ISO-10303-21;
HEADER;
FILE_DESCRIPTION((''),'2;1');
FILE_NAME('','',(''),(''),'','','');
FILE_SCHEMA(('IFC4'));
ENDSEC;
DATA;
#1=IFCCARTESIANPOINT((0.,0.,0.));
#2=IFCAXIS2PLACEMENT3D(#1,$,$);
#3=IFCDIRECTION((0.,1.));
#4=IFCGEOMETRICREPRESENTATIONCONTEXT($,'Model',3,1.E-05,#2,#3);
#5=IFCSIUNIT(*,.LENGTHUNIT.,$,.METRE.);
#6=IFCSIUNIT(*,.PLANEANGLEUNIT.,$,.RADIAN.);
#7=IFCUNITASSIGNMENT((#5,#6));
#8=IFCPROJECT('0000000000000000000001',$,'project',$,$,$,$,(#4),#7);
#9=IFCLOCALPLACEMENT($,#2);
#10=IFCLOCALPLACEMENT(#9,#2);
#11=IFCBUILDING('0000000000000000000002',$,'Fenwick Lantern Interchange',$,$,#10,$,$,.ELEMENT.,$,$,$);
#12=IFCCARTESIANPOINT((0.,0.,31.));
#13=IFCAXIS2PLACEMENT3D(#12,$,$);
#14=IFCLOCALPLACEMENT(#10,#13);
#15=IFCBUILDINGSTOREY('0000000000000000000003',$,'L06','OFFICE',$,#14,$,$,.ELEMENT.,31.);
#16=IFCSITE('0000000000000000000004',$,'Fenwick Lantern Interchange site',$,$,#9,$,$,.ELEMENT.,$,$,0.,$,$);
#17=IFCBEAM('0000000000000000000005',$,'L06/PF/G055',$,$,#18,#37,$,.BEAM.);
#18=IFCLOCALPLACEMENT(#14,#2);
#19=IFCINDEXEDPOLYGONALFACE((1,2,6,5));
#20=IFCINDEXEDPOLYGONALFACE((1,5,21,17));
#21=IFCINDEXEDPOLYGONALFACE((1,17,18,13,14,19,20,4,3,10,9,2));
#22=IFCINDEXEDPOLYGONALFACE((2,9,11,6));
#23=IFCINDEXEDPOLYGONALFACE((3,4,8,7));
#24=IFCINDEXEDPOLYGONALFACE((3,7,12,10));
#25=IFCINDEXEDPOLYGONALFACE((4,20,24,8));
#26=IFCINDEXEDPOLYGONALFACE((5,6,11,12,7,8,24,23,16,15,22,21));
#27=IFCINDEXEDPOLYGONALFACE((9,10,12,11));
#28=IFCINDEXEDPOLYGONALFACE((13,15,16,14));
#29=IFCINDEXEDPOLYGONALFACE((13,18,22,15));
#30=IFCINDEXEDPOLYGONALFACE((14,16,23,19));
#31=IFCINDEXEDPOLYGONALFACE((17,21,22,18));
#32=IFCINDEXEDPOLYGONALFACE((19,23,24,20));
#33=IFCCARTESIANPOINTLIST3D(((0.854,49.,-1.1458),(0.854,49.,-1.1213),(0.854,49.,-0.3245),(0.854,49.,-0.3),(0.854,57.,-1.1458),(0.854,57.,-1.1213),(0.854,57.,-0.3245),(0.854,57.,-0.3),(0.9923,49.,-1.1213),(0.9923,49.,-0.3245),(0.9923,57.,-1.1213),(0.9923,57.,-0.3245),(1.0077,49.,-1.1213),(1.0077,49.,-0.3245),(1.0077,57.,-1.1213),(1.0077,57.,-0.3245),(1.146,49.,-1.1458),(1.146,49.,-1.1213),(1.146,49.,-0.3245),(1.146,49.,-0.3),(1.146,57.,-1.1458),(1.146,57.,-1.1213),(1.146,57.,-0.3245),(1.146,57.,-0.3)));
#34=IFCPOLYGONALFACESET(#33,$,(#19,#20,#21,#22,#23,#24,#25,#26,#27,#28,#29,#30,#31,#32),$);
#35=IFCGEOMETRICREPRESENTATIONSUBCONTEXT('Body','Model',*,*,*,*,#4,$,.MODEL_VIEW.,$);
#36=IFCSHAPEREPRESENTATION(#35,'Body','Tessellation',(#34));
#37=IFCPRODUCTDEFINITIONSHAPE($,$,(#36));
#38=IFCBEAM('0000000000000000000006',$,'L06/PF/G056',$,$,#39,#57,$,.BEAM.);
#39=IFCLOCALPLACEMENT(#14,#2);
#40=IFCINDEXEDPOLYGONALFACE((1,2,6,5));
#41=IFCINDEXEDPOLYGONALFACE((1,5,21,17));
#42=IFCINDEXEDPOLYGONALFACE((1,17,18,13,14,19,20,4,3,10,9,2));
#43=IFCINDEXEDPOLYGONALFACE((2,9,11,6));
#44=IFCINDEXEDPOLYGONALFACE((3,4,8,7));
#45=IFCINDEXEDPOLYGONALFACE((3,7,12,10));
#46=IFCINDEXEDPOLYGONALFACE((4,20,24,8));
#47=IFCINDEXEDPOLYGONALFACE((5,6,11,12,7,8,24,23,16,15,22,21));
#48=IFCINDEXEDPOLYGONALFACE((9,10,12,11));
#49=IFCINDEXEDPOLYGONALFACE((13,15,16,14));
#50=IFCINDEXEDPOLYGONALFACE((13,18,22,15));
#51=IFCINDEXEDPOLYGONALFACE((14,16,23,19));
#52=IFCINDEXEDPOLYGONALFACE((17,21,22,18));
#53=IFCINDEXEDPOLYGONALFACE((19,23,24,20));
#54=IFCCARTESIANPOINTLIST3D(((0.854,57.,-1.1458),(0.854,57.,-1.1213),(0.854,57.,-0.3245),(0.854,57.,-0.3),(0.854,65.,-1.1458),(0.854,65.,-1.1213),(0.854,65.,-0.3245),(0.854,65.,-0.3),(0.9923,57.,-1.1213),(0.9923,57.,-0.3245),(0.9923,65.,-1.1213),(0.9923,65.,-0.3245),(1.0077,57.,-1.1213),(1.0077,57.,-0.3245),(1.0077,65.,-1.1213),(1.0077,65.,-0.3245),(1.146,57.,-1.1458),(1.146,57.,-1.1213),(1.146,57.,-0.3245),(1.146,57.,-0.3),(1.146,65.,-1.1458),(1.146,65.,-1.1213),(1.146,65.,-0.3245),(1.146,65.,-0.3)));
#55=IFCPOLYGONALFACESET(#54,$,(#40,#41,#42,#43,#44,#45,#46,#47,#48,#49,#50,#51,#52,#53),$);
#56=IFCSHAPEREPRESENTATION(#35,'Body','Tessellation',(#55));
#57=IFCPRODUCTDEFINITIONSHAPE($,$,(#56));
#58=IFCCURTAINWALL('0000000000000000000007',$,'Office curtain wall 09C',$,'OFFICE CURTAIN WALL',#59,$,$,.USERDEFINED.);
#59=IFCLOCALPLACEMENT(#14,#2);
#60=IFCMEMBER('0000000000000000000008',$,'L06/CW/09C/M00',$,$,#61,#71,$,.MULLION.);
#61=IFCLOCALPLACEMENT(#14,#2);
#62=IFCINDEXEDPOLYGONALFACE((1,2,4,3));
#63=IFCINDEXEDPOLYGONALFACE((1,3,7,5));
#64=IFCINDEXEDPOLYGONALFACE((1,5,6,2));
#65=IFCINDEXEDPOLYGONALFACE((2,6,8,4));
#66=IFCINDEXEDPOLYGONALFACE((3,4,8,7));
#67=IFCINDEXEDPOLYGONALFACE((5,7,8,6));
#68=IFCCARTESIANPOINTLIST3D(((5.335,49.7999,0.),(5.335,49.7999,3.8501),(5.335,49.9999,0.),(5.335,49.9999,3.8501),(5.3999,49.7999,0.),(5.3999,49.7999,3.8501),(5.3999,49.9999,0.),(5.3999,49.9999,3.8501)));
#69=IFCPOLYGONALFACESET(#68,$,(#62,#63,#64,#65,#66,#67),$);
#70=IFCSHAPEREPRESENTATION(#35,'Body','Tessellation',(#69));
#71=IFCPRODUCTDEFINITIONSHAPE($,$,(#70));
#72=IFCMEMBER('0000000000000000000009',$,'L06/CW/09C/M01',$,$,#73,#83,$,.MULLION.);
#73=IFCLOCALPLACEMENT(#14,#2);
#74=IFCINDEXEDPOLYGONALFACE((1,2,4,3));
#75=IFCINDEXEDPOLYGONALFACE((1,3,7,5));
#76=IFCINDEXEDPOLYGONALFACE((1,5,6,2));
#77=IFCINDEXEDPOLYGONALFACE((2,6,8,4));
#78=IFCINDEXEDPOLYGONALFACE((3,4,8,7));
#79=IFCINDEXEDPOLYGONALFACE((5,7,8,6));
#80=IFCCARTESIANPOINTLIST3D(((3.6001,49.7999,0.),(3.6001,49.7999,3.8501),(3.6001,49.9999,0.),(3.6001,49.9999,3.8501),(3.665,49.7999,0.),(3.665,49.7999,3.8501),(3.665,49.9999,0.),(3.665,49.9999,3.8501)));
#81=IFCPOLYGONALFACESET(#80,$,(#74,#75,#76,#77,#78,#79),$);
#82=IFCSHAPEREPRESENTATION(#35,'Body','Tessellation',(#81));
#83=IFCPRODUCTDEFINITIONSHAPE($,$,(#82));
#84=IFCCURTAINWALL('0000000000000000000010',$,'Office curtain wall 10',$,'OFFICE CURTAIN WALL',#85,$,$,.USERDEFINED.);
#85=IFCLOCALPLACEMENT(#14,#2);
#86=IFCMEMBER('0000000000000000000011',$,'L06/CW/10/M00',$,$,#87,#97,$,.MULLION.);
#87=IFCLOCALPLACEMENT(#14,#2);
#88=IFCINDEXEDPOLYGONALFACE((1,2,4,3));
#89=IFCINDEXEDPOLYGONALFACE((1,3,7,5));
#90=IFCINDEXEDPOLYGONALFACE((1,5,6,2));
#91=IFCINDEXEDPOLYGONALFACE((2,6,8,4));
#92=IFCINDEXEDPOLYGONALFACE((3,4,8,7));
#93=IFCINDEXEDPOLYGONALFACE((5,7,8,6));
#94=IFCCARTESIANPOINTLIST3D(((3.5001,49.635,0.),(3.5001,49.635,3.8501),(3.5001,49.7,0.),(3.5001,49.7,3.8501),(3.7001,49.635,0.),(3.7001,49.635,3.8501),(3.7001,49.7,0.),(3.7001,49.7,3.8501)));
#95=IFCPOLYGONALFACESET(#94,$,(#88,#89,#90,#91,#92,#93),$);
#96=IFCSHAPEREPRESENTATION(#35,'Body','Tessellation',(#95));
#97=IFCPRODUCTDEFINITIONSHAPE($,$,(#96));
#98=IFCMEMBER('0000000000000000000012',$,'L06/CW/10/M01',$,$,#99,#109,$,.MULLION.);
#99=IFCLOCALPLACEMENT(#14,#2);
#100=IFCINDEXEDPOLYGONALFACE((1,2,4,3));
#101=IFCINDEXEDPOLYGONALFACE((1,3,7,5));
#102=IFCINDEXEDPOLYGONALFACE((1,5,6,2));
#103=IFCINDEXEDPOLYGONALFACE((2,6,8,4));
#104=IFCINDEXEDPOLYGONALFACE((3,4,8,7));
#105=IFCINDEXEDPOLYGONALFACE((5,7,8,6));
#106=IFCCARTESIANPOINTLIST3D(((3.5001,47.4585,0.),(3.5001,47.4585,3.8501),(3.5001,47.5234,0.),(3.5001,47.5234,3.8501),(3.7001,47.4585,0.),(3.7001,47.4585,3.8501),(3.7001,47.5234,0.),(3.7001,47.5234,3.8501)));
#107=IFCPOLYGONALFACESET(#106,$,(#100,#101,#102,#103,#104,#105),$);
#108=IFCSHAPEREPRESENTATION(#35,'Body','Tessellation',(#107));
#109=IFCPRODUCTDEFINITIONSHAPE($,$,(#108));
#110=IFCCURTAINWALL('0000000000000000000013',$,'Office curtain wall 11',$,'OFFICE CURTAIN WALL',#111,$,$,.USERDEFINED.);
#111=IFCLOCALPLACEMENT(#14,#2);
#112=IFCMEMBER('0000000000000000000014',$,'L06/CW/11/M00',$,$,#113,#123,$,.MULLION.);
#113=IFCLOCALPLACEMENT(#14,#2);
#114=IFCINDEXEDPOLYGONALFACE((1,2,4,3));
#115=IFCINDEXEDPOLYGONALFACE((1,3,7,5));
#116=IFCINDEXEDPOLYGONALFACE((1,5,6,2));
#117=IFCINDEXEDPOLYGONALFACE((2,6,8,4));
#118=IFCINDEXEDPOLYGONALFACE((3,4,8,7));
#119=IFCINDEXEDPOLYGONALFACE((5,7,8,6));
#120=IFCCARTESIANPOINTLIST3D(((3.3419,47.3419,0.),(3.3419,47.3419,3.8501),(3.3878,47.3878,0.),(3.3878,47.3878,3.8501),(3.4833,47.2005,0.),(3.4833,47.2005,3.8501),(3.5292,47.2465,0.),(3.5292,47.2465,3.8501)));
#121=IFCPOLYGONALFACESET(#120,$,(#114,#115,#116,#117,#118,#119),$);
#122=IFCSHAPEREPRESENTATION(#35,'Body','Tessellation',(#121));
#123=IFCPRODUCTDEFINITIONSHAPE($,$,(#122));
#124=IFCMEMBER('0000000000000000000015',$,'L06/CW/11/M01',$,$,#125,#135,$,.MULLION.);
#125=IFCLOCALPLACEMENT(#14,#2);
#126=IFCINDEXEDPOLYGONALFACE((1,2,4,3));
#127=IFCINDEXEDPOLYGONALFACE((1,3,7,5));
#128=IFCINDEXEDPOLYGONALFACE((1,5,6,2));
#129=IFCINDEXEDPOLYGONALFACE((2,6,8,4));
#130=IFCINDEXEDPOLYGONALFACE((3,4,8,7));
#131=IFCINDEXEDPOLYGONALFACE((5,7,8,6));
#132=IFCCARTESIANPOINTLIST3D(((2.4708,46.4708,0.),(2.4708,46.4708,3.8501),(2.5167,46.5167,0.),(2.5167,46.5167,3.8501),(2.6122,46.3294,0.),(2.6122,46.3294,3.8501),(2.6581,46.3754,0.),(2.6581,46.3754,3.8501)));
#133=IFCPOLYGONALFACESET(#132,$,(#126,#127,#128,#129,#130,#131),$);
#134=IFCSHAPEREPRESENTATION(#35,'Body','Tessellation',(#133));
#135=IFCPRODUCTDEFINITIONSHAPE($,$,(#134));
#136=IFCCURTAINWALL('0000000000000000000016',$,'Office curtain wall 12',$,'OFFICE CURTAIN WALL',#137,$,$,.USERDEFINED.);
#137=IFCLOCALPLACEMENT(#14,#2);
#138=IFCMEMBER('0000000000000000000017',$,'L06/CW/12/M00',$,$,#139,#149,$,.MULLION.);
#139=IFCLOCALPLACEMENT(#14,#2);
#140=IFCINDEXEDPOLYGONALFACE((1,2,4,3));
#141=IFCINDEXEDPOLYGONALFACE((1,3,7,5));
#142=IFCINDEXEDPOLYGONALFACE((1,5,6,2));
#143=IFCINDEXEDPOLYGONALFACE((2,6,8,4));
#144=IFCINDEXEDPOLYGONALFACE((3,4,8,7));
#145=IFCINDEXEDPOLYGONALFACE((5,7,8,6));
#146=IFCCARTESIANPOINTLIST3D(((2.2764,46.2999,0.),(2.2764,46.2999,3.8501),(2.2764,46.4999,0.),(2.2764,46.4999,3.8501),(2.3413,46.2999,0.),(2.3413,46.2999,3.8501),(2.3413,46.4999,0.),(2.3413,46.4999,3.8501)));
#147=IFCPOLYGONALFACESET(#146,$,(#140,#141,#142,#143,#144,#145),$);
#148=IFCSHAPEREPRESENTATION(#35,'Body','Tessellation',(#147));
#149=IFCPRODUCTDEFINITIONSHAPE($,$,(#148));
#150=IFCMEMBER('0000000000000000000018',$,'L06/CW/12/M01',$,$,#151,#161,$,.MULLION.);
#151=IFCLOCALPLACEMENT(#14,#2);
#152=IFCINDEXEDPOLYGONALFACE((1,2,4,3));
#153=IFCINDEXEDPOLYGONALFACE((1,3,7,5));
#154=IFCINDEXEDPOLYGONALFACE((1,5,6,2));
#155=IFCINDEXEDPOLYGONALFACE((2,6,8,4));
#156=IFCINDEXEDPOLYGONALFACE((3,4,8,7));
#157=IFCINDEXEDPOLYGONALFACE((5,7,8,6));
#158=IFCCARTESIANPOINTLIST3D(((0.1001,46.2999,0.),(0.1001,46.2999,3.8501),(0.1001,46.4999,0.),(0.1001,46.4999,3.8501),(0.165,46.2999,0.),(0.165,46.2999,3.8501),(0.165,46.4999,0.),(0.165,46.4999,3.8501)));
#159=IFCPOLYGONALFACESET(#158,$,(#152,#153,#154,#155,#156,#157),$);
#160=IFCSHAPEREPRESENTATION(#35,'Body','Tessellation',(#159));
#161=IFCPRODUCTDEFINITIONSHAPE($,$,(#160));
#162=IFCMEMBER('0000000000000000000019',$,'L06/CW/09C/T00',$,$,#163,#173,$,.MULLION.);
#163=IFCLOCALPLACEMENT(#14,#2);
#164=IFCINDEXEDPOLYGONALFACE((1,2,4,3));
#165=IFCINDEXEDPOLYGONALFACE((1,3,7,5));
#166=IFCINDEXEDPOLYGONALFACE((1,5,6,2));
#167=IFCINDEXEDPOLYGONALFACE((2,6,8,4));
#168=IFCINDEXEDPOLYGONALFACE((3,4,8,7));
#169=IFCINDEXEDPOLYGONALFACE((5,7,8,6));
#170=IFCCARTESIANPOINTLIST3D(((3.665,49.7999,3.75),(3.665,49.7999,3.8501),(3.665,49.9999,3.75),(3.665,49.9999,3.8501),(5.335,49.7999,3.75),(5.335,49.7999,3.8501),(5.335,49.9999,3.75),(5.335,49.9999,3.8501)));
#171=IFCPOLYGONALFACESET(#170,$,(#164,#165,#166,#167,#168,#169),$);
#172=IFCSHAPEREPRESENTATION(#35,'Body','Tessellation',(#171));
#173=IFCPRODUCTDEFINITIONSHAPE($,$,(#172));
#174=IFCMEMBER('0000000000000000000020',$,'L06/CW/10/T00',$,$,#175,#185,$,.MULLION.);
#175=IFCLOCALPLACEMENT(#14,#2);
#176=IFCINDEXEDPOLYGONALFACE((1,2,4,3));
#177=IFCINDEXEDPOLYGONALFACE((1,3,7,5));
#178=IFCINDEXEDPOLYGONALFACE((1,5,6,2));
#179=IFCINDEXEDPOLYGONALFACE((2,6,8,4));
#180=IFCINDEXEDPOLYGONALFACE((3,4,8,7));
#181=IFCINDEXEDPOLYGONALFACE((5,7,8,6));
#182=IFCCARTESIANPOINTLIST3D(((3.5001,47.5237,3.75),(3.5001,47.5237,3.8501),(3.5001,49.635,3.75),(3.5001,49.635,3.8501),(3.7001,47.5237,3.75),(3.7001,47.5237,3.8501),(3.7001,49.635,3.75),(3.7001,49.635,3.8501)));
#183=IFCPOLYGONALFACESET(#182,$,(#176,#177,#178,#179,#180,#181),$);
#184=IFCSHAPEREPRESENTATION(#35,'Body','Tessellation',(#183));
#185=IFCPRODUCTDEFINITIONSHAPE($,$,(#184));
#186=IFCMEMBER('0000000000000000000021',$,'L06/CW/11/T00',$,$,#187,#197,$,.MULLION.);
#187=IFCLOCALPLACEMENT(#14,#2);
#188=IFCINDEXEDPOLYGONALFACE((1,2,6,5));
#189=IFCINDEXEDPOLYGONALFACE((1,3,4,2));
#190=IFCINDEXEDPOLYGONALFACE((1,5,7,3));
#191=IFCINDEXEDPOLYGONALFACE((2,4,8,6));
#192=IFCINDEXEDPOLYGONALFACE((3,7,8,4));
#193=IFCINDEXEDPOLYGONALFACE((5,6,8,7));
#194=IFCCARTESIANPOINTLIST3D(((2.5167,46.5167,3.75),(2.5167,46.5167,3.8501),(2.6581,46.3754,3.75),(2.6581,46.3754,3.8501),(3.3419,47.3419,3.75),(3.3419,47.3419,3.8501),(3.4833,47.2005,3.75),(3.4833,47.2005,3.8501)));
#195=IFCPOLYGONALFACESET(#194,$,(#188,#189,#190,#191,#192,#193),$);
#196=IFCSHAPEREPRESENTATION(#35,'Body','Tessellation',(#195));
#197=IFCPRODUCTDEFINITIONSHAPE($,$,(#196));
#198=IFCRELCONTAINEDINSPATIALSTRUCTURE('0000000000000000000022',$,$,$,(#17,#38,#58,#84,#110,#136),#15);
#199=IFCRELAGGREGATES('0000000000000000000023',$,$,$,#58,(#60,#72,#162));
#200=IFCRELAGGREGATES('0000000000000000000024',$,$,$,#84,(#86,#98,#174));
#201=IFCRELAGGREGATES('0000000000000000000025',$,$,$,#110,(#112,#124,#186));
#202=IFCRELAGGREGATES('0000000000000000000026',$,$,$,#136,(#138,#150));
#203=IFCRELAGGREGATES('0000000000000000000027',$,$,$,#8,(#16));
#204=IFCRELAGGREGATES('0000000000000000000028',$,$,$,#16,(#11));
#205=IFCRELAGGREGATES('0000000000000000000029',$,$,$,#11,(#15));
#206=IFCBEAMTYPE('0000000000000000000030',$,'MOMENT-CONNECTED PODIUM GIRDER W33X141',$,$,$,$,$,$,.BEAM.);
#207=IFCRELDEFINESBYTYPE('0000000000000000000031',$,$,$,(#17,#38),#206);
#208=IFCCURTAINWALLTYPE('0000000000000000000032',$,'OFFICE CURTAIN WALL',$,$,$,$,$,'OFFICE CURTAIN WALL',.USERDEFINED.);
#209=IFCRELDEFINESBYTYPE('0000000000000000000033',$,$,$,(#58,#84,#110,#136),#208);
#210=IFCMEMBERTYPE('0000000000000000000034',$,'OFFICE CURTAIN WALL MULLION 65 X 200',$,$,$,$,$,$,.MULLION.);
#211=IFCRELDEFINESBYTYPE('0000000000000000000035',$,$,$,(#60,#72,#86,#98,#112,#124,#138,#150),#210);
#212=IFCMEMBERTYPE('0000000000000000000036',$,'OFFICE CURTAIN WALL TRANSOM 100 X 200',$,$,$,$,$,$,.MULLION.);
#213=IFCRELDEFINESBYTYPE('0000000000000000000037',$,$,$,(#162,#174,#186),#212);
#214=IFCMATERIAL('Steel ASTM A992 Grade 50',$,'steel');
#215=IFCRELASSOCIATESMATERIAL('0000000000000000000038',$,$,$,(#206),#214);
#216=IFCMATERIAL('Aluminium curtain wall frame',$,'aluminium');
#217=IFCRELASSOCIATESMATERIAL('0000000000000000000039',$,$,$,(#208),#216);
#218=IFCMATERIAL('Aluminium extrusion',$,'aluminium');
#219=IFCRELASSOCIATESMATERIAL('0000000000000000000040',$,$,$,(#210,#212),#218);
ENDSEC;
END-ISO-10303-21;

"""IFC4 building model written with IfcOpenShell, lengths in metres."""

from ifc_helpers import new_model, si_unit, direction, frame, origin, origin_2d, place, context, subcontext, project, spatial, rectangle, i_section, extrude, material, material_profile, profile_set, type_object, element, aggregate, save


model = new_model("IFC4")

# Units and contexts
model_context = context("Model", 3, precision=1e-05, world=origin(), true_north=direction((0.0, 1.0)))
body_context = subcontext(model_context, "Body", "Model", "MODEL_VIEW")
ifc_project = project(units=[si_unit("LENGTHUNIT", "METRE"), si_unit("PLANEANGLEUNIT", "RADIAN")], contexts=[model_context])

# Site, building, storey
site_placement = place(None, origin())
site = spatial("IfcSite", under=ifc_project, at=site_placement, Name="Fenwick Lantern Interchange site", CompositionType="ELEMENT", RefElevation=0.0)
building_placement = place(site_placement, origin())
building = spatial("IfcBuilding", under=site, at=building_placement, Name="Fenwick Lantern Interchange", CompositionType="ELEMENT")
storey_placement = place(building_placement, frame((0.0, 0.0, 31.0)))
storey = spatial("IfcBuildingStorey", under=building, at=storey_placement, Name="L06", Description="OFFICE", CompositionType="ELEMENT", Elevation=31.0)

# Beams
ifc_material_1 = material(Name="Steel ASTM A992 Grade 50", Category="steel")
ifc_material_profile_1 = material_profile(ifc_material_1, i_section(OverallWidth=0.292, OverallDepth=0.8457, WebThickness=0.0154, FlangeThickness=0.0244, at=origin_2d()), Name="W33X141")
ifc_profile_set_1 = profile_set([ifc_material_profile_1], Name="Steel ASTM A992 Grade 50")
beam_type_1 = type_object("IfcBeamType", Name="MOMENT-CONNECTED PODIUM GIRDER W33X141", PredefinedType="BEAM", material=ifc_profile_set_1)
for number, where, z_axis, x_axis, name in (
    (1, (1.0, 49.0, -0.7229), (0.0, 1.0, 0.0), (-1.0, 0.0, 0.0), "L06/PF/G055"),
    (2, (1.0, 57.0, -0.7229), (0.0, 1.0, 0.0), (-1.0, 0.0, 0.0), "L06/PF/G056"),
):
    element("IfcBeam", number, at=place(storey_placement, frame(where, z_axis=z_axis, x_axis=x_axis)), inside=storey, type_object=beam_type_1, Name=name, PredefinedType="BEAM", context=body_context, shape_type="SweptSolid", body=[
        extrude(i_section(OverallWidth=0.292, OverallDepth=0.8457, WebThickness=0.0154, FlangeThickness=0.0244, at=origin_2d()), origin(), (0.0, 0.0, 1.0), 8.0),
    ])

# Curtain walls, members
ifc_material_2 = material(Name="Aluminium curtain wall frame", Category="aluminium")
curtain_wall_type = type_object("IfcCurtainWallType", Name="OFFICE CURTAIN WALL", ElementType="OFFICE CURTAIN WALL", PredefinedType="USERDEFINED", material=ifc_material_2)
curtain_wall_1_placement = place(storey_placement, origin())
curtain_wall_1 = element("IfcCurtainWall", 3, at=curtain_wall_1_placement, inside=storey, type_object=curtain_wall_type, Name="Office curtain wall 09C", ObjectType="OFFICE CURTAIN WALL", PredefinedType="USERDEFINED")
ifc_material_3 = material(Name="Aluminium extrusion", Category="aluminium")
ifc_material_profile_2 = material_profile(ifc_material_3, rectangle(XDim=0.2, YDim=0.0649, at=origin_2d()), Name="OFFICE CURTAIN WALL MULLION 65 X 200")
ifc_profile_set_2 = profile_set([ifc_material_profile_2], Name="Aluminium extrusion")
member_type_1 = type_object("IfcMemberType", Name="OFFICE CURTAIN WALL MULLION 65 X 200", PredefinedType="MULLION", material=ifc_profile_set_2)
member_1_placement = place(storey_placement, frame((5.3674, 49.8999, 0.0), z_axis=(0.0, 0.0, 1.0), x_axis=(0.0, -1.0, 0.0)))
member_1 = element("IfcMember", 4, at=member_1_placement, type_object=member_type_1, Name="L06/CW/09C/M00", PredefinedType="MULLION", context=body_context, shape_type="SweptSolid", body=[
    extrude(rectangle(XDim=0.2, YDim=0.0649, at=origin_2d()), origin(), (0.0, 0.0, 1.0), 3.8501),
])
member_2_placement = place(storey_placement, frame((3.6326, 49.8999, 0.0), z_axis=(0.0, 0.0, 1.0), x_axis=(0.0, -1.0, 0.0)))
member_2 = element("IfcMember", 5, at=member_2_placement, type_object=member_type_1, Name="L06/CW/09C/M01", PredefinedType="MULLION", context=body_context, shape_type="SweptSolid", body=[
    extrude(rectangle(XDim=0.2, YDim=0.0649, at=origin_2d()), origin(), (0.0, 0.0, 1.0), 3.8501),
])
curtain_wall_2_placement = place(storey_placement, origin())
curtain_wall_2 = element("IfcCurtainWall", 6, at=curtain_wall_2_placement, inside=storey, type_object=curtain_wall_type, Name="Office curtain wall 10", ObjectType="OFFICE CURTAIN WALL", PredefinedType="USERDEFINED")
member_3_placement = place(storey_placement, frame((3.6001, 49.6675, 0.0), z_axis=(0.0, 0.0, 1.0), x_axis=(1.0, 0.0, 0.0)))
member_3 = element("IfcMember", 7, at=member_3_placement, type_object=member_type_1, Name="L06/CW/10/M00", PredefinedType="MULLION", context=body_context, shape_type="SweptSolid", body=[
    extrude(rectangle(XDim=0.2, YDim=0.0649, at=origin_2d()), origin(), (0.0, 0.0, 1.0), 3.8501),
])
member_4_placement = place(storey_placement, frame((3.6001, 47.491, 0.0), z_axis=(0.0, 0.0, 1.0), x_axis=(1.0, 0.0, 0.0)))
member_4 = element("IfcMember", 8, at=member_4_placement, type_object=member_type_1, Name="L06/CW/10/M01", PredefinedType="MULLION", context=body_context, shape_type="SweptSolid", body=[
    extrude(rectangle(XDim=0.2, YDim=0.0649, at=origin_2d()), origin(), (0.0, 0.0, 1.0), 3.8501),
])
curtain_wall_3_placement = place(storey_placement, origin())
curtain_wall_3 = element("IfcCurtainWall", 9, at=curtain_wall_3_placement, inside=storey, type_object=curtain_wall_type, Name="Office curtain wall 11", ObjectType="OFFICE CURTAIN WALL", PredefinedType="USERDEFINED")
member_5_placement = place(storey_placement, frame((3.4355, 47.2942, 0.0), z_axis=(0.0, 0.0, 1.0), x_axis=(0.707107, -0.707107, 0.0)))
member_5 = element("IfcMember", 10, at=member_5_placement, type_object=member_type_1, Name="L06/CW/11/M00", PredefinedType="MULLION", context=body_context, shape_type="SweptSolid", body=[
    extrude(rectangle(XDim=0.2, YDim=0.0649, at=origin_2d()), origin(), (0.0, 0.0, 1.0), 3.8501),
])
member_6_placement = place(storey_placement, frame((2.5645, 46.4231, 0.0), z_axis=(0.0, 0.0, 1.0), x_axis=(0.707107, -0.707107, 0.0)))
member_6 = element("IfcMember", 11, at=member_6_placement, type_object=member_type_1, Name="L06/CW/11/M01", PredefinedType="MULLION", context=body_context, shape_type="SweptSolid", body=[
    extrude(rectangle(XDim=0.2, YDim=0.0649, at=origin_2d()), origin(), (0.0, 0.0, 1.0), 3.8501),
])
curtain_wall_4_placement = place(storey_placement, origin())
curtain_wall_4 = element("IfcCurtainWall", 12, at=curtain_wall_4_placement, inside=storey, type_object=curtain_wall_type, Name="Office curtain wall 12", ObjectType="OFFICE CURTAIN WALL", PredefinedType="USERDEFINED")
member_7_placement = place(storey_placement, frame((2.3088, 46.3999, 0.0), z_axis=(0.0, 0.0, 1.0), x_axis=(0.0, -1.0, 0.0)))
member_7 = element("IfcMember", 13, at=member_7_placement, type_object=member_type_1, Name="L06/CW/12/M00", PredefinedType="MULLION", context=body_context, shape_type="SweptSolid", body=[
    extrude(rectangle(XDim=0.2, YDim=0.0649, at=origin_2d()), origin(), (0.0, 0.0, 1.0), 3.8501),
])
member_8_placement = place(storey_placement, frame((0.1326, 46.3999, 0.0), z_axis=(0.0, 0.0, 1.0), x_axis=(0.0, -1.0, 0.0)))
member_8 = element("IfcMember", 14, at=member_8_placement, type_object=member_type_1, Name="L06/CW/12/M01", PredefinedType="MULLION", context=body_context, shape_type="SweptSolid", body=[
    extrude(rectangle(XDim=0.2, YDim=0.0649, at=origin_2d()), origin(), (0.0, 0.0, 1.0), 3.8501),
])

# Members
ifc_material_profile_3 = material_profile(ifc_material_3, rectangle(XDim=0.2, YDim=0.1001, at=origin_2d()), Name="OFFICE CURTAIN WALL TRANSOM 100 X 200")
ifc_profile_set_3 = profile_set([ifc_material_profile_3], Name="Aluminium extrusion")
member_type_2 = type_object("IfcMemberType", Name="OFFICE CURTAIN WALL TRANSOM 100 X 200", PredefinedType="MULLION", material=ifc_profile_set_3)
member_9_placement = place(storey_placement, frame((5.335, 49.8999, 3.8), z_axis=(-1.0, 0.0, 0.0), x_axis=(0.0, -1.0, 0.0)))
member_9 = element("IfcMember", 15, at=member_9_placement, type_object=member_type_2, Name="L06/CW/09C/T00", PredefinedType="MULLION", context=body_context, shape_type="SweptSolid", body=[
    extrude(rectangle(XDim=0.2, YDim=0.1001, at=origin_2d()), origin(), (0.0, 0.0, 1.0), 1.6699),
])
member_10_placement = place(storey_placement, frame((3.6001, 49.635, 3.8), z_axis=(0.0, -1.0, 0.0), x_axis=(1.0, 0.0, 0.0)))
member_10 = element("IfcMember", 16, at=member_10_placement, type_object=member_type_2, Name="L06/CW/10/T00", PredefinedType="MULLION", context=body_context, shape_type="SweptSolid", body=[
    extrude(rectangle(XDim=0.2, YDim=0.1001, at=origin_2d()), origin(), (0.0, 0.0, 1.0), 2.1113),
])
member_11_placement = place(storey_placement, frame((3.4126, 47.2712, 3.8), z_axis=(-0.707107, -0.707107, 0.0), x_axis=(0.707107, -0.707107, 0.0)))
member_11 = element("IfcMember", 17, at=member_11_placement, type_object=member_type_2, Name="L06/CW/11/T00", PredefinedType="MULLION", context=body_context, shape_type="SweptSolid", body=[
    extrude(rectangle(XDim=0.2, YDim=0.1001, at=origin_2d()), origin(), (0.0, 0.0, 1.0), 1.167),
])

aggregate(curtain_wall_1, [member_1, member_2, member_9])
aggregate(curtain_wall_2, [member_3, member_4, member_10])
aggregate(curtain_wall_3, [member_5, member_6, member_11])
aggregate(curtain_wall_4, [member_7, member_8])

save(model, "model.ifc")
